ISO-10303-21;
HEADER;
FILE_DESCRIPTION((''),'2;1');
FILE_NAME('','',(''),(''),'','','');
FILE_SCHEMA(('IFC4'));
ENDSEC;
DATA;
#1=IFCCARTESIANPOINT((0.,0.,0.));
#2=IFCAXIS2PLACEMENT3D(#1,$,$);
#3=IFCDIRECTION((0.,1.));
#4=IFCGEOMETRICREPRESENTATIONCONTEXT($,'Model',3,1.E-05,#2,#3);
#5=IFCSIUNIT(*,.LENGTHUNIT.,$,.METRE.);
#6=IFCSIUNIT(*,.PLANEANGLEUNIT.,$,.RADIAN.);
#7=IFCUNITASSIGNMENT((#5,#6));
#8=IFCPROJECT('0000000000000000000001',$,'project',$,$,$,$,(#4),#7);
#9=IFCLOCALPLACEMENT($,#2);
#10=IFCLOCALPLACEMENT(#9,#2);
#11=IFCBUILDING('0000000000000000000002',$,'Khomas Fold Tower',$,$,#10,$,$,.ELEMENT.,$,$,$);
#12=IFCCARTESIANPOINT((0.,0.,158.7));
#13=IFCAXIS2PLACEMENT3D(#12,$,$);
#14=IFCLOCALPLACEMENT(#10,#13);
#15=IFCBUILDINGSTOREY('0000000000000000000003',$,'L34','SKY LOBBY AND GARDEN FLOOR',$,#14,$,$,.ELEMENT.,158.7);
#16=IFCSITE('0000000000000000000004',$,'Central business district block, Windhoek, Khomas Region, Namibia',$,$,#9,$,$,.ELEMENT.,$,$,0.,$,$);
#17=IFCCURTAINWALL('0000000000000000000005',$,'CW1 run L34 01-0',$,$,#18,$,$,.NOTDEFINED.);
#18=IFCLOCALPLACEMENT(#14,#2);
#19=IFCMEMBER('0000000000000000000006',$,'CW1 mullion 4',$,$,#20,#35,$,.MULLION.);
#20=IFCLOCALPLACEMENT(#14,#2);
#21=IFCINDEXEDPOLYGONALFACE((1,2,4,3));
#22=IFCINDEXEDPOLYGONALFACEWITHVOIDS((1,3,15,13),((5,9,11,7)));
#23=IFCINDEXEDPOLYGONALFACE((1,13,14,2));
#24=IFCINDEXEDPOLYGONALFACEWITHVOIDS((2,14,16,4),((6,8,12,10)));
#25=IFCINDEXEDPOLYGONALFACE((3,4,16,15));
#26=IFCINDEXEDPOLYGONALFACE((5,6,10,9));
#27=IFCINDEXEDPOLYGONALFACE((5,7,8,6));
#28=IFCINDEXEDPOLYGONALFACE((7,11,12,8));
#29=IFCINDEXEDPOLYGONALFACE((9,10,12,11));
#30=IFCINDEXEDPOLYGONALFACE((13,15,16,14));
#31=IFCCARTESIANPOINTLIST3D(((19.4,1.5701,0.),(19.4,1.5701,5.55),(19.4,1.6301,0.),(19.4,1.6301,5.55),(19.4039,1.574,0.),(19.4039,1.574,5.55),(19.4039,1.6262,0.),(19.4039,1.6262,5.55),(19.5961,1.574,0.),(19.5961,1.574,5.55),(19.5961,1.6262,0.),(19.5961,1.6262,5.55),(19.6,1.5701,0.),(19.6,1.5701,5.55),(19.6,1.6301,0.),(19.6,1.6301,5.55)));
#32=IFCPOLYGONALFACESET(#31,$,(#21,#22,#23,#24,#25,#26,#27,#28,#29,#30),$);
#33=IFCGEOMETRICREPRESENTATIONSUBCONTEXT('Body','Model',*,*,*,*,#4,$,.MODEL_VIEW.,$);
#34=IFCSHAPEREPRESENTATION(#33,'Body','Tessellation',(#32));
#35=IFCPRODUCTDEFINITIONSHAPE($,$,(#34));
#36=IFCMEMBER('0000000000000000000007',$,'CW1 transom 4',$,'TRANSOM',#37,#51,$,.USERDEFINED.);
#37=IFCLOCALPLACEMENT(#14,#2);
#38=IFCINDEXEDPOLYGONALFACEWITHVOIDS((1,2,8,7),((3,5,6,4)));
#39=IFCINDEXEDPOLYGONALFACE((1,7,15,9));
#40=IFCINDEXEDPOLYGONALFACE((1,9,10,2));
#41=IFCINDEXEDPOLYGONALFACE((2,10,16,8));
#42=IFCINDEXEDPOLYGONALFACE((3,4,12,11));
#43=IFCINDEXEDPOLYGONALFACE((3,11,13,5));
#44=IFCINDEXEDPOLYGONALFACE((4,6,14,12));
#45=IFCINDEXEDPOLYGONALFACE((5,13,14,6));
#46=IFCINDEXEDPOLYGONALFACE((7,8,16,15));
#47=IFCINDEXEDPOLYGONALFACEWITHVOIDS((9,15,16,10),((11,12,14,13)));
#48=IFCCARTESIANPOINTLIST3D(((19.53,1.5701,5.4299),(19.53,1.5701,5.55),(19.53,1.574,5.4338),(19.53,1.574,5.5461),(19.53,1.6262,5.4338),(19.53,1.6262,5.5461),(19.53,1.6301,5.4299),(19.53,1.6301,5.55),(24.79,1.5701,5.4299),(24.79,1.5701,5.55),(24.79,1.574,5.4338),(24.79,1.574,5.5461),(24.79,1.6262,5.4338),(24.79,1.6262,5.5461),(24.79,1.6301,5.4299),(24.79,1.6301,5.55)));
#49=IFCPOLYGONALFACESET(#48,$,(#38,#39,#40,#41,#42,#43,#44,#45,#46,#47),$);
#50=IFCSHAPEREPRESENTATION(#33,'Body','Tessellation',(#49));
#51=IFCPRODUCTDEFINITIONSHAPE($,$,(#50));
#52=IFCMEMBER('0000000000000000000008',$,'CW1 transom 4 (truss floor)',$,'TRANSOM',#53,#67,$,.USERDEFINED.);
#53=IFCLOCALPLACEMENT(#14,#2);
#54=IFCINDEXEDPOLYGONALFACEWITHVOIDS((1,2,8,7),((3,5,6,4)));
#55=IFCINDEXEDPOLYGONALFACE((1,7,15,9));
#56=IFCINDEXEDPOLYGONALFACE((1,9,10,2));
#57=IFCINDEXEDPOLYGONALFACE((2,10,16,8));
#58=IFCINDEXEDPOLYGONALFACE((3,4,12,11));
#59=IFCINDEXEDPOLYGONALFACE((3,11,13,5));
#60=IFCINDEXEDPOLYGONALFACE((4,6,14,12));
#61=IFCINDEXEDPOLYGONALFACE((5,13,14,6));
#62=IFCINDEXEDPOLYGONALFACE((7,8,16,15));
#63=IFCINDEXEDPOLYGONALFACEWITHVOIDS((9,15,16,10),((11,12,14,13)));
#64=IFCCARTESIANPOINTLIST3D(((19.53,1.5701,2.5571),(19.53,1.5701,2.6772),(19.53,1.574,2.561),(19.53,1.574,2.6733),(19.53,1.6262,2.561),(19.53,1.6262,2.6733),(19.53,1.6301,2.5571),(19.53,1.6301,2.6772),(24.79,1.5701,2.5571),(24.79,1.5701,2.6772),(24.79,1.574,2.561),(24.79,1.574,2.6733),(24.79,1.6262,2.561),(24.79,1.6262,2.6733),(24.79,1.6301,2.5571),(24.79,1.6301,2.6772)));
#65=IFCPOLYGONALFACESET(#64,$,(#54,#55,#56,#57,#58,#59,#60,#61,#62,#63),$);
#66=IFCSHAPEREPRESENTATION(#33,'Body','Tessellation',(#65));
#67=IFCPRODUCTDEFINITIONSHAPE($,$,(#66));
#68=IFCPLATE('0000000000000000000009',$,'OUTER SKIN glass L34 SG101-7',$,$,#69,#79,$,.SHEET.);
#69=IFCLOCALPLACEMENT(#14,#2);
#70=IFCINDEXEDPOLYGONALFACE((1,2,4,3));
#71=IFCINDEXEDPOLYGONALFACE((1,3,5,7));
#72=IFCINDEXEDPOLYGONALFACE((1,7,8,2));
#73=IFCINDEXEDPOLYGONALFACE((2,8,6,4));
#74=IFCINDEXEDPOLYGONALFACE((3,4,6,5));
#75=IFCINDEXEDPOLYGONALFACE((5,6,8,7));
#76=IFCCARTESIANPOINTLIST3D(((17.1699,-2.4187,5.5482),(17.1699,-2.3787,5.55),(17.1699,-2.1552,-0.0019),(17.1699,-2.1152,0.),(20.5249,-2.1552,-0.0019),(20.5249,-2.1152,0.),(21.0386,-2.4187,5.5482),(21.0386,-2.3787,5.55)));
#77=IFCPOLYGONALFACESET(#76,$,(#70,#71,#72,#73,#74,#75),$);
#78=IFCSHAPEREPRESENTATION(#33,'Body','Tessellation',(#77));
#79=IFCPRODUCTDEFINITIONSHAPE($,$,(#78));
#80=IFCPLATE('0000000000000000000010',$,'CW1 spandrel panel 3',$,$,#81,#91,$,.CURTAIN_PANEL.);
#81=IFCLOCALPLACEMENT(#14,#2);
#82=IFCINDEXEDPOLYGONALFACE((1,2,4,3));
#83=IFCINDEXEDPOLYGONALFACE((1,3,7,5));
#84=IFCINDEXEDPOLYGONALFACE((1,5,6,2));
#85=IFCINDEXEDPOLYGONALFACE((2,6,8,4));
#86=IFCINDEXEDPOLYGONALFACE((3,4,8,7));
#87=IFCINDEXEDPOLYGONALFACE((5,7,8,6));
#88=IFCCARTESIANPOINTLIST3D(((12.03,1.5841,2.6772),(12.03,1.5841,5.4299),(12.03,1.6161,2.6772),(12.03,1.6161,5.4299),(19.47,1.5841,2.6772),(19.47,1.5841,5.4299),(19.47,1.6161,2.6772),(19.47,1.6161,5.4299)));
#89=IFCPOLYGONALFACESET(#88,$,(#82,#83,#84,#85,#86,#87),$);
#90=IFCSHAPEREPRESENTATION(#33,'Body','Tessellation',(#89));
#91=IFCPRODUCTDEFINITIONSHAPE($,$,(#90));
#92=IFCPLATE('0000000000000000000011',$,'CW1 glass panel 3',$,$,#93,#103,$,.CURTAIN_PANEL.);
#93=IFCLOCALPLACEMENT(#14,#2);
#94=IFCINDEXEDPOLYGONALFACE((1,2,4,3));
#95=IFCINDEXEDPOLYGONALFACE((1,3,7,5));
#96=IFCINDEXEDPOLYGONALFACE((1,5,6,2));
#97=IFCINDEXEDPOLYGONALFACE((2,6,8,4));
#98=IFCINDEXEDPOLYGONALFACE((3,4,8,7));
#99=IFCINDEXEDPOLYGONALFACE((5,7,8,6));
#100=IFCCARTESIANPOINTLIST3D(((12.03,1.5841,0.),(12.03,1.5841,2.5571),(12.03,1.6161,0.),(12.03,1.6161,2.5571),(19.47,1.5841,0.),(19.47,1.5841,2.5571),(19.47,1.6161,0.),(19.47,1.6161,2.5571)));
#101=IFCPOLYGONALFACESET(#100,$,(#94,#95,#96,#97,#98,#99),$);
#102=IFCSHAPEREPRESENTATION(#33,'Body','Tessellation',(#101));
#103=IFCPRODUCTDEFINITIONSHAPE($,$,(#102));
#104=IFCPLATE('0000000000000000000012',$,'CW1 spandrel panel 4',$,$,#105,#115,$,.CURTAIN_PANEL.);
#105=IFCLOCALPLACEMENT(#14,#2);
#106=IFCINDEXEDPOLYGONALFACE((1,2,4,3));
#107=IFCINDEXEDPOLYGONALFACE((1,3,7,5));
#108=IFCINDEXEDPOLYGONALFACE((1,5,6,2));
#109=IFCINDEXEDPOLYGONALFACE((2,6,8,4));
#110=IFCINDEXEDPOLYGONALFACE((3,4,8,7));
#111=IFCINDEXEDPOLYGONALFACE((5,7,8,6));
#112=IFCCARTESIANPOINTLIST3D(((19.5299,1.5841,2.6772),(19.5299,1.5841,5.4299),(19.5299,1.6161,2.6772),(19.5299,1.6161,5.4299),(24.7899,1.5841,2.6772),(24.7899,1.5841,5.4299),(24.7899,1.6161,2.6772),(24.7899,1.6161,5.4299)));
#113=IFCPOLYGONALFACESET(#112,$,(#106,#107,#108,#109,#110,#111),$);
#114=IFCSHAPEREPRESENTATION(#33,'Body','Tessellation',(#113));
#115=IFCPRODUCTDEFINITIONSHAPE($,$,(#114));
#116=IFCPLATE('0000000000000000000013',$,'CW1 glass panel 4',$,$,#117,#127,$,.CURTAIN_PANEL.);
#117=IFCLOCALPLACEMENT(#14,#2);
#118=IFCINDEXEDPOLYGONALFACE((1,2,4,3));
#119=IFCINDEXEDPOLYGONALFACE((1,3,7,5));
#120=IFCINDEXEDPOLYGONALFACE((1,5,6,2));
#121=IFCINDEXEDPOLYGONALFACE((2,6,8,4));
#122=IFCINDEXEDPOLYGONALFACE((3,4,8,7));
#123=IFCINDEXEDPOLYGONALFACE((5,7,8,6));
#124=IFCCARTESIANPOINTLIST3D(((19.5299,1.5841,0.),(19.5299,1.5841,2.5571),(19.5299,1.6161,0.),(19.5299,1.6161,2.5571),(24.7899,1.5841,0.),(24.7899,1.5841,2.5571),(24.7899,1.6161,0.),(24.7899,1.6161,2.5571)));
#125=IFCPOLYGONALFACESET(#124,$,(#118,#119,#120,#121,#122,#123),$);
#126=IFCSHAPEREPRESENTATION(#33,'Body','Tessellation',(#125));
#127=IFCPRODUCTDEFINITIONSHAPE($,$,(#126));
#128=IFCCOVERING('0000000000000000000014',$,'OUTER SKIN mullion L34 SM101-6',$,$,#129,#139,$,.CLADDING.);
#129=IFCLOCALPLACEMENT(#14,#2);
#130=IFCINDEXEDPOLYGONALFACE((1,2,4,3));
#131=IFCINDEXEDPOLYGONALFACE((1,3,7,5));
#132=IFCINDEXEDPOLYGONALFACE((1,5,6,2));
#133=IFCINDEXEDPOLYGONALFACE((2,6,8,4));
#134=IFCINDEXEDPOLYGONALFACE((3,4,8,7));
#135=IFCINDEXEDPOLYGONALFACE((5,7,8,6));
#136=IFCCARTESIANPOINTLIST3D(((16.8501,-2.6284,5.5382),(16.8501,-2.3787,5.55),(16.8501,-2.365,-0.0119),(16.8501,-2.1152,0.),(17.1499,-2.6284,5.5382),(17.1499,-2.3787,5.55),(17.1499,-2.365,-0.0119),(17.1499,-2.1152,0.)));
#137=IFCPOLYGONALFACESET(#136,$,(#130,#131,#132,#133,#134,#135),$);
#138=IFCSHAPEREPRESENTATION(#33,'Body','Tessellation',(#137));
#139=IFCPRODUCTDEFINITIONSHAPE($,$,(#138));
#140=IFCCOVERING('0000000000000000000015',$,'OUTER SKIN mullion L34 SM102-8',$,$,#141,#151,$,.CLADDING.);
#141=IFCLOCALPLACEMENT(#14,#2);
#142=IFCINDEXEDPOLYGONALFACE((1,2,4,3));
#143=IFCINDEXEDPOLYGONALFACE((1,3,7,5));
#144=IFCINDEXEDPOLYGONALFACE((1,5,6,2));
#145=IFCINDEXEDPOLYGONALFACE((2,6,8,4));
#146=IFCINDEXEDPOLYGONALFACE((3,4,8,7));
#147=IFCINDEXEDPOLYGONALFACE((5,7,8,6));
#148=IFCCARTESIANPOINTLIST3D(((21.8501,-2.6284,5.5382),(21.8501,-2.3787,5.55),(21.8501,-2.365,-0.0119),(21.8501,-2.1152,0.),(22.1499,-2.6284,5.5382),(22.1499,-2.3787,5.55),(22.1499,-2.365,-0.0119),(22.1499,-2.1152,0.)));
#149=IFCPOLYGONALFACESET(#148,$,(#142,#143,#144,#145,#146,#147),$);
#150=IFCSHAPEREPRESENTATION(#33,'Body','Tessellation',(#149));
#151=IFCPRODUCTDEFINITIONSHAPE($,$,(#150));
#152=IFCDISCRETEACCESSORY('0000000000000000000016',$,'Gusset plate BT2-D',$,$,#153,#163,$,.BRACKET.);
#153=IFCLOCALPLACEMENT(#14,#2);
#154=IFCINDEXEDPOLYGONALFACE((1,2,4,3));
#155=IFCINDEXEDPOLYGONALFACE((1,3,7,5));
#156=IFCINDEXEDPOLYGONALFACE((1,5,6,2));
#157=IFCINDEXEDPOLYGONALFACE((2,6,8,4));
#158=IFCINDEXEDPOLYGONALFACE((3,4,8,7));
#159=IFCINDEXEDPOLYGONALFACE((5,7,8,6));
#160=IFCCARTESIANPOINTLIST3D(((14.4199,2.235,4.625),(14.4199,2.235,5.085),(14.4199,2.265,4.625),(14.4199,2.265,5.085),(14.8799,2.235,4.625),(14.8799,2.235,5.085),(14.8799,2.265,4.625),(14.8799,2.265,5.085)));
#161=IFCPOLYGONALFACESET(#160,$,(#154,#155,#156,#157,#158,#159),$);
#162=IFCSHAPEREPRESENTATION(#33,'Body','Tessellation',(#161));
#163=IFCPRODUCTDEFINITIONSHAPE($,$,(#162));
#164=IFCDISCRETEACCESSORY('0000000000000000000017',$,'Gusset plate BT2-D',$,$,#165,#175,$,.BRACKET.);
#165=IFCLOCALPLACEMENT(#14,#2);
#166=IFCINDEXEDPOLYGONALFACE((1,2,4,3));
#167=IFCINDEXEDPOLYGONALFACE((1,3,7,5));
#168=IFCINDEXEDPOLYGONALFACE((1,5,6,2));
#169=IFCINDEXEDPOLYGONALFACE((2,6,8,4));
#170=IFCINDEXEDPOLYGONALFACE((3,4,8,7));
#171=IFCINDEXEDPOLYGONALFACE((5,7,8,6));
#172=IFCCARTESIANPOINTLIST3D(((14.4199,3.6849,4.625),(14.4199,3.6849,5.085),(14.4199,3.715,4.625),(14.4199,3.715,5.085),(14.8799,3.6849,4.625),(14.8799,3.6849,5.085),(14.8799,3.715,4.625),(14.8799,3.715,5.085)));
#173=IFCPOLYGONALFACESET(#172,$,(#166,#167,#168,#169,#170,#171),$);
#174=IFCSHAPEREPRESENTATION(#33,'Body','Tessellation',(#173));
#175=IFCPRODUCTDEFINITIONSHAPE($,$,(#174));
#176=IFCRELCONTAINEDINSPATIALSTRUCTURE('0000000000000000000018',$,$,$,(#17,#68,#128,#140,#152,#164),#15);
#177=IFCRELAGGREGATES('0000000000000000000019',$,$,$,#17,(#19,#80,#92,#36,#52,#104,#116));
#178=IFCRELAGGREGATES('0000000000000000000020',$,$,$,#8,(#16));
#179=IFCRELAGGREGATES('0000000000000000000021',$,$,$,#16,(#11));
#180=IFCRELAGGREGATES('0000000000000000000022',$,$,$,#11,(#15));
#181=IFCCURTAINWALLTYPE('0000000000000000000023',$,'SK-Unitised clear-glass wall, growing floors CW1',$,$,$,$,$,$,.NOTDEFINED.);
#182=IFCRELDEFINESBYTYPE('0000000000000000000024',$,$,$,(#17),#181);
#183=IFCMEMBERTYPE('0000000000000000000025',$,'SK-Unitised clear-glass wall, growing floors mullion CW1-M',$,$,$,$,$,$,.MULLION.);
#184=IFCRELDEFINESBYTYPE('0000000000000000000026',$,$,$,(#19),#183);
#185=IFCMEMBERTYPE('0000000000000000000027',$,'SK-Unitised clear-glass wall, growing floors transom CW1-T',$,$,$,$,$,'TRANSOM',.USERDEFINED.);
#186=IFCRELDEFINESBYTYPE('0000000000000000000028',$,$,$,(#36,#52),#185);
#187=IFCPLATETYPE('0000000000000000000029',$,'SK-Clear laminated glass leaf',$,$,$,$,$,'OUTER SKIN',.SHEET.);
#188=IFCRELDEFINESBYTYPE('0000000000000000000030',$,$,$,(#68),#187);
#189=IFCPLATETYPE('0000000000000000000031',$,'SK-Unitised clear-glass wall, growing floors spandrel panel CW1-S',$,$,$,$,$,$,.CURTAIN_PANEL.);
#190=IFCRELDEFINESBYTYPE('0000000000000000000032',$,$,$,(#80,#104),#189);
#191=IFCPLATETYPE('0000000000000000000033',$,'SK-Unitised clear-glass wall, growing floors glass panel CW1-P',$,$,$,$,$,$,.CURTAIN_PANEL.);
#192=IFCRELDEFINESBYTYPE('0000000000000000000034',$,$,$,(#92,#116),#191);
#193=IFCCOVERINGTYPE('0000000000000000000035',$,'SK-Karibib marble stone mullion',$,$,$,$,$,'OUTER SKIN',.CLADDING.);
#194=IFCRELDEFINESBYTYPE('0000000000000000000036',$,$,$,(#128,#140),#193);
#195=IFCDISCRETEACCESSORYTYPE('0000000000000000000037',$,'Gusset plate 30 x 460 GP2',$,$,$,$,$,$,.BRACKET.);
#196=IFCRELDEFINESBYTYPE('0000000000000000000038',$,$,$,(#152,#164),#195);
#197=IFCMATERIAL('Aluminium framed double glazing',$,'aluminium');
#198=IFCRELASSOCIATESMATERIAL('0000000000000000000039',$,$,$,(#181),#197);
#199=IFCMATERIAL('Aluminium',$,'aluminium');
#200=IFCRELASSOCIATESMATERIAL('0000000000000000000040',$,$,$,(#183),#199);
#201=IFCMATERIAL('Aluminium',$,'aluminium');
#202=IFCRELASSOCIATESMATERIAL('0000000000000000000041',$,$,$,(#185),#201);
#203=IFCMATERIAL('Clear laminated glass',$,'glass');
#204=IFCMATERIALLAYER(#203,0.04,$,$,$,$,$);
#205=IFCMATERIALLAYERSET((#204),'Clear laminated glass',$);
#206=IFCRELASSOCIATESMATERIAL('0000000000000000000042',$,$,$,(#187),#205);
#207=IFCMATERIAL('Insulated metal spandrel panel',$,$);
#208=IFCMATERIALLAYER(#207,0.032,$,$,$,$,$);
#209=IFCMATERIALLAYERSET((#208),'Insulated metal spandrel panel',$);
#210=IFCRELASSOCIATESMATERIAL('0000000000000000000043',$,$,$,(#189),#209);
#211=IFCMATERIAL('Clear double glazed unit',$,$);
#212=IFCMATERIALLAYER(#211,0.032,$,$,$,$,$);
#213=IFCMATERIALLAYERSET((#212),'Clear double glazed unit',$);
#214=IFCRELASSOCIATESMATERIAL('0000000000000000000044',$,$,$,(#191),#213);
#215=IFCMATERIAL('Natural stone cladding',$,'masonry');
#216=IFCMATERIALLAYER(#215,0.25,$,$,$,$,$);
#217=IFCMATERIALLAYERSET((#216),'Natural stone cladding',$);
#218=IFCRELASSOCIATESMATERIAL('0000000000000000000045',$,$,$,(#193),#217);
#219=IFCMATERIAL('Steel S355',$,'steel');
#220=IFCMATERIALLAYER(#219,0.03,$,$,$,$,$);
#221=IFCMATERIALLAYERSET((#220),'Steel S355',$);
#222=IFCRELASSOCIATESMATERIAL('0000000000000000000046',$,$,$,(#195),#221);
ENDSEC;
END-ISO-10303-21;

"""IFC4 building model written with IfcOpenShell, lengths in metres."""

from ifc_helpers import new_model, si_unit, direction, frame, origin, origin_2d, place, context, subcontext, project, spatial, polyline, rectangle, hollow_rectangle, outline, extrude, source, transform, mapped, material, layer, layer_set, material_profile, profile_set, type_object, element, aggregate, save


model = new_model("IFC4")

# Units and contexts
model_context = context("Model", 3, precision=1e-05, world=origin(), true_north=direction((0.0, 1.0)))
body_context = subcontext(model_context, "Body", "Model", "MODEL_VIEW")
ifc_project = project(units=[si_unit("LENGTHUNIT", "METRE"), si_unit("PLANEANGLEUNIT", "RADIAN")], contexts=[model_context])

# Site, building, storey
site_placement = place(None, origin())
site = spatial("IfcSite", under=ifc_project, at=site_placement, Name="Central business district block, Windhoek, Khomas Region, Namibia", CompositionType="ELEMENT", RefElevation=0.0)
building_placement = place(site_placement, origin())
building = spatial("IfcBuilding", under=site, at=building_placement, Name="Khomas Fold Tower", CompositionType="ELEMENT")
storey_placement = place(building_placement, frame((0.0, 0.0, 158.7)))
storey = spatial("IfcBuildingStorey", under=building, at=storey_placement, Name="L34", Description="SKY LOBBY AND GARDEN FLOOR", CompositionType="ELEMENT", Elevation=158.7)

# Curtain wall, members
ifc_material_1 = material(Name="Aluminium framed double glazing", Category="aluminium")
curtain_wall_type = type_object("IfcCurtainWallType", Name="SK-Unitised clear-glass wall, growing floors CW1", PredefinedType="NOTDEFINED", material=ifc_material_1)
curtain_wall_placement = place(storey_placement, origin())
curtain_wall = element("IfcCurtainWall", 1, at=curtain_wall_placement, inside=storey, type_object=curtain_wall_type, Name="CW1 run L34 01-0", PredefinedType="NOTDEFINED")
ifc_material_2 = material(Name="Aluminium", Category="aluminium")
ifc_material_profile_1 = material_profile(ifc_material_2, hollow_rectangle(XDim=0.0601, YDim=0.2, WallThickness=0.0039, at=origin_2d()), Name="SK-Unitised clear-glass wall, growing floors mullion CW1-M")
ifc_profile_set_1 = profile_set([ifc_material_profile_1], Name="Aluminium")
member_type_1 = type_object("IfcMemberType", Name="SK-Unitised clear-glass wall, growing floors mullion CW1-M", PredefinedType="MULLION", material=ifc_profile_set_1)
shared_shape_1 = source(origin(), body_context, "Body", "SweptSolid", [
    extrude(hollow_rectangle(XDim=0.0601, YDim=0.2, WallThickness=0.0039, at=origin_2d()), origin(), (0.0, 0.0, 1.0), 5.55),
])
member_1_placement = place(storey_placement, frame((19.5, 1.6001, 0.0), z_axis=(0.0, 0.0, 1.0), x_axis=(0.0, 1.0, 0.0)))
member_1 = element("IfcMember", 2, at=member_1_placement, type_object=member_type_1, Name="CW1 mullion 4", PredefinedType="MULLION", context=body_context, shape_type="MappedRepresentation", body=[
    mapped(shared_shape_1, transform((0.0, 0.0, 0.0))),
])
ifc_material_3 = material(Name="Aluminium", Category="aluminium")
ifc_material_profile_2 = material_profile(ifc_material_3, hollow_rectangle(XDim=0.0601, YDim=0.1201, WallThickness=0.0039, at=origin_2d()), Name="SK-Unitised clear-glass wall, growing floors transom CW1-T")
ifc_profile_set_2 = profile_set([ifc_material_profile_2], Name="Aluminium")
member_type_2 = type_object("IfcMemberType", Name="SK-Unitised clear-glass wall, growing floors transom CW1-T", ElementType="TRANSOM", PredefinedType="USERDEFINED", material=ifc_profile_set_2)
shared_shape_2 = source(origin(), body_context, "Body", "SweptSolid", [
    extrude(hollow_rectangle(XDim=0.0601, YDim=0.1201, WallThickness=0.0039, at=origin_2d()), origin(), (0.0, 0.0, 1.0), 5.26),
])
member_2_placement = place(storey_placement, frame((19.53, 1.6001, 5.49), z_axis=(1.0, 0.0, 0.0), x_axis=(0.0, 1.0, 0.0)))
member_2 = element("IfcMember", 3, at=member_2_placement, type_object=member_type_2, Name="CW1 transom 4", ObjectType="TRANSOM", PredefinedType="USERDEFINED", context=body_context, shape_type="MappedRepresentation", body=[
    mapped(shared_shape_2, transform((0.0, 0.0, 0.0))),
])
member_3_placement = place(storey_placement, frame((19.53, 1.6001, 2.6172), z_axis=(1.0, 0.0, 0.0), x_axis=(0.0, 1.0, 0.0)))
member_3 = element("IfcMember", 4, at=member_3_placement, type_object=member_type_2, Name="CW1 transom 4 (truss floor)", ObjectType="TRANSOM", PredefinedType="USERDEFINED", context=body_context, shape_type="MappedRepresentation", body=[
    mapped(shared_shape_2, transform((0.0, 0.0, 0.0))),
])

# Plates
ifc_material_4 = material(Name="Clear laminated glass", Category="glass")
ifc_layer_1 = layer(ifc_material_4, 0.04)
ifc_layer_set_1 = layer_set([ifc_layer_1], Name="Clear laminated glass")
plate_type_1 = type_object("IfcPlateType", Name="SK-Clear laminated glass leaf", ElementType="OUTER SKIN", PredefinedType="SHEET", material=ifc_layer_set_1)
plate_1_placement = place(storey_placement, frame((20.5249, -2.1152, 0.0), z_axis=(0.0, 0.998875, 0.047411), x_axis=(-1.0, 0.0, 0.0)))
element("IfcPlate", 5, at=plate_1_placement, inside=storey, type_object=plate_type_1, Name="OUTER SKIN glass L34 SG101-7", PredefinedType="SHEET", context=body_context, shape_type="SweptSolid", body=[
    extrude(outline(polyline([(0.0, 0.0), (3.355, 0.0), (3.355, 5.5563), (-0.5137, 5.5563), (0.0, 0.0)])), origin(), (0.0, 0.0, -1.0), 0.04),
])
ifc_material_5 = material(Name="Insulated metal spandrel panel")
ifc_layer_2 = layer(ifc_material_5, 0.032)
ifc_layer_set_2 = layer_set([ifc_layer_2], Name="Insulated metal spandrel panel")
plate_type_2 = type_object("IfcPlateType", Name="SK-Unitised clear-glass wall, growing floors spandrel panel CW1-S", PredefinedType="CURTAIN_PANEL", material=ifc_layer_set_2)
shared_shape_3 = source(origin(), body_context, "Body", "SweptSolid", [
    extrude(rectangle(XDim=7.4399, YDim=0.032, at=origin_2d()), origin(), (0.0, 0.0, 1.0), 2.7527),
])
plate_2_placement = place(storey_placement, frame((15.75, 1.6001, 2.6772), z_axis=(0.0, 0.0, 1.0), x_axis=(1.0, 0.0, 0.0)))
plate_2 = element("IfcPlate", 6, at=plate_2_placement, type_object=plate_type_2, Name="CW1 spandrel panel 3", PredefinedType="CURTAIN_PANEL", context=body_context, shape_type="MappedRepresentation", body=[
    mapped(shared_shape_3, transform((0.0, 0.0, 0.0))),
])
ifc_material_6 = material(Name="Clear double glazed unit")
ifc_layer_3 = layer(ifc_material_6, 0.032)
ifc_layer_set_3 = layer_set([ifc_layer_3], Name="Clear double glazed unit")
plate_type_3 = type_object("IfcPlateType", Name="SK-Unitised clear-glass wall, growing floors glass panel CW1-P", PredefinedType="CURTAIN_PANEL", material=ifc_layer_set_3)
shared_shape_4 = source(origin(), body_context, "Body", "SweptSolid", [
    extrude(rectangle(XDim=7.4399, YDim=0.032, at=origin_2d()), origin(), (0.0, 0.0, 1.0), 2.5571),
])
plate_3_placement = place(storey_placement, frame((15.75, 1.6001, 0.0), z_axis=(0.0, 0.0, 1.0), x_axis=(1.0, 0.0, 0.0)))
plate_3 = element("IfcPlate", 7, at=plate_3_placement, type_object=plate_type_3, Name="CW1 glass panel 3", PredefinedType="CURTAIN_PANEL", context=body_context, shape_type="MappedRepresentation", body=[
    mapped(shared_shape_4, transform((0.0, 0.0, 0.0))),
])
shared_shape_5 = source(origin(), body_context, "Body", "SweptSolid", [
    extrude(rectangle(XDim=5.26, YDim=0.032, at=origin_2d()), origin(), (0.0, 0.0, 1.0), 2.7527),
])
plate_4_placement = place(storey_placement, frame((22.1599, 1.6001, 2.6772), z_axis=(0.0, 0.0, 1.0), x_axis=(1.0, 0.0, 0.0)))
plate_4 = element("IfcPlate", 8, at=plate_4_placement, type_object=plate_type_2, Name="CW1 spandrel panel 4", PredefinedType="CURTAIN_PANEL", context=body_context, shape_type="MappedRepresentation", body=[
    mapped(shared_shape_5, transform((0.0, 0.0, 0.0))),
])
shared_shape_6 = source(origin(), body_context, "Body", "SweptSolid", [
    extrude(rectangle(XDim=5.26, YDim=0.032, at=origin_2d()), origin(), (0.0, 0.0, 1.0), 2.5571),
])
plate_5_placement = place(storey_placement, frame((22.1599, 1.6001, 0.0), z_axis=(0.0, 0.0, 1.0), x_axis=(1.0, 0.0, 0.0)))
plate_5 = element("IfcPlate", 9, at=plate_5_placement, type_object=plate_type_3, Name="CW1 glass panel 4", PredefinedType="CURTAIN_PANEL", context=body_context, shape_type="MappedRepresentation", body=[
    mapped(shared_shape_6, transform((0.0, 0.0, 0.0))),
])
aggregate(curtain_wall, [member_1, plate_2, plate_3, member_2, member_3, plate_4, plate_5])

# Coverings
ifc_material_7 = material(Name="Natural stone cladding", Category="masonry")
ifc_layer_4 = layer(ifc_material_7, 0.25)
ifc_layer_set_4 = layer_set([ifc_layer_4], Name="Natural stone cladding")
covering_type = type_object("IfcCoveringType", Name="SK-Karibib marble stone mullion", ElementType="OUTER SKIN", PredefinedType="CLADDING", material=ifc_layer_set_4)
for number, where, z_axis, x_axis, name in (
    (10, (16.8501, -2.1152, 0.0), (0.0, 0.998875, 0.047411), (0.0, -0.047411, 0.998875), "OUTER SKIN mullion L34 SM101-6"),
    (11, (21.8501, -2.1152, 0.0), (0.0, 0.998875, 0.047411), (0.0, -0.047411, 0.998875), "OUTER SKIN mullion L34 SM102-8"),
):
    element("IfcCovering", number, at=place(storey_placement, frame(where, z_axis=z_axis, x_axis=x_axis)), inside=storey, type_object=covering_type, Name=name, PredefinedType="CLADDING", context=body_context, shape_type="SweptSolid", body=[
        extrude(outline(polyline([(0.0, 0.0), (5.5563, 0.0), (5.5563, 0.2998), (0.0, 0.2998), (0.0, 0.0)])), origin(), (0.0, 0.0, -1.0), 0.25),
    ])

# Discrete accessories
ifc_material_8 = material(Name="Steel S355", Category="steel")
ifc_layer_5 = layer(ifc_material_8, 0.03)
ifc_layer_set_5 = layer_set([ifc_layer_5], Name="Steel S355")
discrete_accessory_type_1 = type_object("IfcDiscreteAccessoryType", Name="Gusset plate 30 x 460 GP2", PredefinedType="BRACKET", material=ifc_layer_set_5)
shared_shape_7 = source(origin(), body_context, "Body", "SweptSolid", [
    extrude(rectangle(XDim=0.46, YDim=0.03, at=origin_2d()), origin(), (0.0, 0.0, 1.0), 0.46),
])
for number, where, z_axis, x_axis, name in (
    (12, (14.6499, 2.25, 4.625), (0.0, 0.0, 1.0), (1.0, 0.0, 0.0), "Gusset plate BT2-D"),
    (13, (14.6499, 3.7, 4.625), (0.0, 0.0, 1.0), (1.0, 0.0, 0.0), "Gusset plate BT2-D"),
):
    element("IfcDiscreteAccessory", number, at=place(storey_placement, frame(where, z_axis=z_axis, x_axis=x_axis)), inside=storey, type_object=discrete_accessory_type_1, Name=name, PredefinedType="BRACKET", context=body_context, shape_type="MappedRepresentation", body=[
        mapped(shared_shape_7, transform((0.0, 0.0, 0.0))),
    ])

save(model, "model.ifc")
